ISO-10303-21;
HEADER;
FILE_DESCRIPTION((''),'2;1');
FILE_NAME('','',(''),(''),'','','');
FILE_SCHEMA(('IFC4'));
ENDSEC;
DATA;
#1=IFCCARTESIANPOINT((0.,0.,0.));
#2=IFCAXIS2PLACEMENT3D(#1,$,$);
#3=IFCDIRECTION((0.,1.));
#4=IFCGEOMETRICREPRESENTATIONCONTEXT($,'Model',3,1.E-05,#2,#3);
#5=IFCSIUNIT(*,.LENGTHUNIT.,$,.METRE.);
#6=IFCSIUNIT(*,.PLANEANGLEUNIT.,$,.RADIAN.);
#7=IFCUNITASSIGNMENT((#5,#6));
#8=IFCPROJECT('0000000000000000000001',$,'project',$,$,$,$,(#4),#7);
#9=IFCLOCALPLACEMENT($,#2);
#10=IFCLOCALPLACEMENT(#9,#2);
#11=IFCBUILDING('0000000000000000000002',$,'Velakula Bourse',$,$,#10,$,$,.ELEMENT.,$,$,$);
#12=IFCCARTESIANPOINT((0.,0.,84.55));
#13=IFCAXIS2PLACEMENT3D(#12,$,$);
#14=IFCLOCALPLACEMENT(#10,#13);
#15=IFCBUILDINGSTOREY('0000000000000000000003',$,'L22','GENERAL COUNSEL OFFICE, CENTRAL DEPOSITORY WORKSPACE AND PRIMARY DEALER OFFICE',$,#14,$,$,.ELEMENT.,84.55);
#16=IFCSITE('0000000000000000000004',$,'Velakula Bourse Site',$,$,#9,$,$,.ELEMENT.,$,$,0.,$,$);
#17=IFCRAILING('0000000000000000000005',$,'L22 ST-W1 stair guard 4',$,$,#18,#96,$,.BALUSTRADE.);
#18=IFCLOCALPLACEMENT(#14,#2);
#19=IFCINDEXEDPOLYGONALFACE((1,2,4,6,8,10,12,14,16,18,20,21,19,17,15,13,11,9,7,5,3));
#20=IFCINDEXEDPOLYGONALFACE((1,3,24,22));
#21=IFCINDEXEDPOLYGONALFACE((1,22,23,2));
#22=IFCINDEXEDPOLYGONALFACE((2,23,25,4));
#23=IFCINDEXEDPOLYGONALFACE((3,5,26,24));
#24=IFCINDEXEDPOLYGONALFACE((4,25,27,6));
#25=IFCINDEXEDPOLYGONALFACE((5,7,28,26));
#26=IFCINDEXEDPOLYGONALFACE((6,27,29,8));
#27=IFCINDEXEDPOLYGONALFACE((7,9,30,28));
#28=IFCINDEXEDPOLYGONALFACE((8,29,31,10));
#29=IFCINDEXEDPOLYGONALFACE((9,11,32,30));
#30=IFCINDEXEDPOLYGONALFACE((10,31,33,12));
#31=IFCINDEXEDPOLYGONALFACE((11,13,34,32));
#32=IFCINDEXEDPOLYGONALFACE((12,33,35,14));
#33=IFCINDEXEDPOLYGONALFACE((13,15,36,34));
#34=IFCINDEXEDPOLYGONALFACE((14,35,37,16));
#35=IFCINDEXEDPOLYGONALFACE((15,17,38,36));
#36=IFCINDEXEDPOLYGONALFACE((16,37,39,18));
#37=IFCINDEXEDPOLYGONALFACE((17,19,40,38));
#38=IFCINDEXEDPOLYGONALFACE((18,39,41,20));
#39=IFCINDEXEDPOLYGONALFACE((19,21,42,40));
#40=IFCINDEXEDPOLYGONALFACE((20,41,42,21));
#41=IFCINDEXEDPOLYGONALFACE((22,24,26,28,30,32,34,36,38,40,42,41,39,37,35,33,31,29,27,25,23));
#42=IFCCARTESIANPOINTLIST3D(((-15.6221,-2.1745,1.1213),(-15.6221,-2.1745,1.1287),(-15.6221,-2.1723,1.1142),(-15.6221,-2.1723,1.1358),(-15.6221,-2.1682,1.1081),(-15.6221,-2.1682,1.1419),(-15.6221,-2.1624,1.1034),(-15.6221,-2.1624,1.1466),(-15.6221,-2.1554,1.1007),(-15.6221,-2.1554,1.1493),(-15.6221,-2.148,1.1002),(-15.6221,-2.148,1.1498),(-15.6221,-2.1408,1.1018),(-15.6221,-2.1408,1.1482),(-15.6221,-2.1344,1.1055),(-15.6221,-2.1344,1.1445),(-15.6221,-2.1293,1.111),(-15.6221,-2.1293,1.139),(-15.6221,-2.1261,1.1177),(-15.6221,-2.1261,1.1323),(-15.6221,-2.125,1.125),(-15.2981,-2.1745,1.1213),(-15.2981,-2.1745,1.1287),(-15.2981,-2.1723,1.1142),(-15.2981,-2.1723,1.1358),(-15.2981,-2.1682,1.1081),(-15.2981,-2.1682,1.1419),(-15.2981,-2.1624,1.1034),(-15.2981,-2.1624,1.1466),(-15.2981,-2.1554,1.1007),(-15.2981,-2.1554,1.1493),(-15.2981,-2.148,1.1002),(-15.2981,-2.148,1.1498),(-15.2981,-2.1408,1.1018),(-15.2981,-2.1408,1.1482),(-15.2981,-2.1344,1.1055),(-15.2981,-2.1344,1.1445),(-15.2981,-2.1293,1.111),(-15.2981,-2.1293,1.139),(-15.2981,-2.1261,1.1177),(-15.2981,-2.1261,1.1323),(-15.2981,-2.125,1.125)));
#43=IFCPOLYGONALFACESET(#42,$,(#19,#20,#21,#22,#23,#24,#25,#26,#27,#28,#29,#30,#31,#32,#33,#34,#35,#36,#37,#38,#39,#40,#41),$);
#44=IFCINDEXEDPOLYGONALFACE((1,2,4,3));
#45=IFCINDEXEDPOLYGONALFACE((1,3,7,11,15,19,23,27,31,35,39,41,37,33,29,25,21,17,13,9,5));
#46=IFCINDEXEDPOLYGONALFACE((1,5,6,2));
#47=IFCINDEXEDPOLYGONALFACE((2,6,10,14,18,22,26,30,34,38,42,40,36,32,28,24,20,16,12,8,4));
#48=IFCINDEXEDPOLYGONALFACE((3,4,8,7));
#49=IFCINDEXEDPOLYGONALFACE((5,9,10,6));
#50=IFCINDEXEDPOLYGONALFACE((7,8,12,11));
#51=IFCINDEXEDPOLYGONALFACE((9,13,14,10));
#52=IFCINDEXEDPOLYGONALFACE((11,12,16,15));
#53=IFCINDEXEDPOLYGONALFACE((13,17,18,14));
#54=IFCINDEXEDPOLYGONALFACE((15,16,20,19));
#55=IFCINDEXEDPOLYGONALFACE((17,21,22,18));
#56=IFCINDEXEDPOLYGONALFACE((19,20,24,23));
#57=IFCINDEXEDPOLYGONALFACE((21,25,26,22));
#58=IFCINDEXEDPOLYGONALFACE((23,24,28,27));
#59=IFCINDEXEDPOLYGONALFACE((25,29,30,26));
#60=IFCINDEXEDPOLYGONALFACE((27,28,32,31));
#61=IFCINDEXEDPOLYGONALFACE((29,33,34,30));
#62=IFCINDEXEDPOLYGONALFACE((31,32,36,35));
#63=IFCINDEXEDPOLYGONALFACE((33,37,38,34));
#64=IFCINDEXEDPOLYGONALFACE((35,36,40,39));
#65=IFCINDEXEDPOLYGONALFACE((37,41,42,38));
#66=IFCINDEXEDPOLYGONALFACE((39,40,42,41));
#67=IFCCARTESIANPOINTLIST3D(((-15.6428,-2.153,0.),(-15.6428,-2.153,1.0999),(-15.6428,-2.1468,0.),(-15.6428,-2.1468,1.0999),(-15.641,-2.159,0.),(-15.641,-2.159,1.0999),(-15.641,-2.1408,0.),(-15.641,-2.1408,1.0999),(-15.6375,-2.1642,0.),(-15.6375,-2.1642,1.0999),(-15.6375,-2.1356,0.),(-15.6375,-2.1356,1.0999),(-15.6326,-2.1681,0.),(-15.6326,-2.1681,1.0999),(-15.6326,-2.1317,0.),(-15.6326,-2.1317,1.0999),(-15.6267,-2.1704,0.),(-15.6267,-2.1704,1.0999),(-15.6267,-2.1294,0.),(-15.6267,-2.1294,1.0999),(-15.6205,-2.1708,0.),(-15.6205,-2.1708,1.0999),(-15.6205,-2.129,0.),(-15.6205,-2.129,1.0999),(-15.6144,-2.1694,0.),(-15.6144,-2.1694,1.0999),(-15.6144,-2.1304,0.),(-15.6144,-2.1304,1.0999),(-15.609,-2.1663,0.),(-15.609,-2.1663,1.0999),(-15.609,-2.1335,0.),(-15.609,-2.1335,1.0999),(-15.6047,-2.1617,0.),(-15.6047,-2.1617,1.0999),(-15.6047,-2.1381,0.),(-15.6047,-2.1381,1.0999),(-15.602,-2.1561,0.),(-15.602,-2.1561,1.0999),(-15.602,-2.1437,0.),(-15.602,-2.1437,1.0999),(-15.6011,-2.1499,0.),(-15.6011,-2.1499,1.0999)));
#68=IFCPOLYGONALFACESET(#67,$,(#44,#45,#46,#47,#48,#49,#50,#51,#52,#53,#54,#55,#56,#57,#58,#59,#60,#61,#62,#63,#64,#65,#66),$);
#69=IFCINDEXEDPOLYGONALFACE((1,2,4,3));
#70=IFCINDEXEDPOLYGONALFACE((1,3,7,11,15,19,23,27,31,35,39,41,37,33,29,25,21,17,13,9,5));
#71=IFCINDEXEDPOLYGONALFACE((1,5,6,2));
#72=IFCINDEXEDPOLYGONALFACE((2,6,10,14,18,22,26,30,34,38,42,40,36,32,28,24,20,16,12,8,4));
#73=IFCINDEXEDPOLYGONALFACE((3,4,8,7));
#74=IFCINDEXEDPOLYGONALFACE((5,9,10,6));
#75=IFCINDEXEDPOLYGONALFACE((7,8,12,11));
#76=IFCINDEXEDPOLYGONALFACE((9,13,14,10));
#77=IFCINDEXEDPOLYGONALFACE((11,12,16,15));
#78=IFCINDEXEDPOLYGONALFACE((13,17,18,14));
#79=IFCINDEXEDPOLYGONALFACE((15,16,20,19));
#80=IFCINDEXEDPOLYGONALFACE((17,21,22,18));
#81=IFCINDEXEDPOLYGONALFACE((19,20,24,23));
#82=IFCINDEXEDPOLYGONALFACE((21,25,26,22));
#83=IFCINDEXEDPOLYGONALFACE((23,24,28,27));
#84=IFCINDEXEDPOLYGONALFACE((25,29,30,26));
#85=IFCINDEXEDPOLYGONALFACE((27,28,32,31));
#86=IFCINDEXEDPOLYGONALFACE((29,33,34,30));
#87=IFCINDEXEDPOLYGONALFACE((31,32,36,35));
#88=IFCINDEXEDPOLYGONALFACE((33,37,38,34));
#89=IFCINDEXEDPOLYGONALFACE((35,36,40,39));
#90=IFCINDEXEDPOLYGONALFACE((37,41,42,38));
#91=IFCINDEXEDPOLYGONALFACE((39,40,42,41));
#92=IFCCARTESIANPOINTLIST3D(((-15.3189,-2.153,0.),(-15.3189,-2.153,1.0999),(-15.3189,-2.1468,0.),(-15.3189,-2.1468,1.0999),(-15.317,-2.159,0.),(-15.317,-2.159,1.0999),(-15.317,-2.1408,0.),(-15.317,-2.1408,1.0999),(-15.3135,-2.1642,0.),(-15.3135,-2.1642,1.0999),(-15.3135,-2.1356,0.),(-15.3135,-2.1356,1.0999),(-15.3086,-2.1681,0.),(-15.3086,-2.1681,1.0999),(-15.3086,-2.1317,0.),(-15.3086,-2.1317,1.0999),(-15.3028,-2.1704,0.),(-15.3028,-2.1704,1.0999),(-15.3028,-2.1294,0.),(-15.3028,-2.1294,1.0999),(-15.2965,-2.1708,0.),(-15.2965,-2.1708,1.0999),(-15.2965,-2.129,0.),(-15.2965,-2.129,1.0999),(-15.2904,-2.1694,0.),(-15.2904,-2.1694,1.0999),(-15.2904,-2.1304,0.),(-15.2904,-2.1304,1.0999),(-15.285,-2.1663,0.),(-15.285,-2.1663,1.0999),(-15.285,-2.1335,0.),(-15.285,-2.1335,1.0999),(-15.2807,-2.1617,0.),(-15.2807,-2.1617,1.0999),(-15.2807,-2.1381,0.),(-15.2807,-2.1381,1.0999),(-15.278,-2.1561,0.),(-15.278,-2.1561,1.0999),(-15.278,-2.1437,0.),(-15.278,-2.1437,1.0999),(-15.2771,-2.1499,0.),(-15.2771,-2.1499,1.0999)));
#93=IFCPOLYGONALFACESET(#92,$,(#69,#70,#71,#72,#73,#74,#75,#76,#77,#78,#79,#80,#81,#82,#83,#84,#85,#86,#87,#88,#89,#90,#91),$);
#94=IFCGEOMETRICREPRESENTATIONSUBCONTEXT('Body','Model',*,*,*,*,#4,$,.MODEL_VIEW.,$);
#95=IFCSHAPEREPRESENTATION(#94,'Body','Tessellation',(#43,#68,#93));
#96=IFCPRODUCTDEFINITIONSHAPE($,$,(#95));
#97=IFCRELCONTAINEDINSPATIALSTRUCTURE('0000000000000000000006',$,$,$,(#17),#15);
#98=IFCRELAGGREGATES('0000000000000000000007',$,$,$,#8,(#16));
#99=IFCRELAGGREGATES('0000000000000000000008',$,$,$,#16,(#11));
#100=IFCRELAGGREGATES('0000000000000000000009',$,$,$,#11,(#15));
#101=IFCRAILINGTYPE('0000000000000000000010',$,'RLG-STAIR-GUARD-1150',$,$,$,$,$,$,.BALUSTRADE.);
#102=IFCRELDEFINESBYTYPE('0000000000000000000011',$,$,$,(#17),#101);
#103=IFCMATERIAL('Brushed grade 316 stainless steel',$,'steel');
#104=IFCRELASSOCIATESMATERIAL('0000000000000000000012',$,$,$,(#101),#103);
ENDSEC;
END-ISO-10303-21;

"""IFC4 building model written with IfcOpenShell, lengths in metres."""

from ifc_helpers import new_model, si_unit, direction, frame, origin, origin_2d, place, context, subcontext, project, spatial, circle, extrude, material, type_object, element, save


model = new_model("IFC4")

# Units and contexts
model_context = context("Model", 3, precision=1e-05, world=origin(), true_north=direction((0.0, 1.0)))
body_context = subcontext(model_context, "Body", "Model", "MODEL_VIEW")
ifc_project = project(units=[si_unit("LENGTHUNIT", "METRE"), si_unit("PLANEANGLEUNIT", "RADIAN")], contexts=[model_context])

# Site, building, storey
site_placement = place(None, origin())
site = spatial("IfcSite", under=ifc_project, at=site_placement, Name="Velakula Bourse Site", CompositionType="ELEMENT", RefElevation=0.0)
building_placement = place(site_placement, origin())
building = spatial("IfcBuilding", under=site, at=building_placement, Name="Velakula Bourse", CompositionType="ELEMENT")
storey_placement = place(building_placement, frame((0.0, 0.0, 84.55)))
storey = spatial("IfcBuildingStorey", under=building, at=storey_placement, Name="L22", Description="GENERAL COUNSEL OFFICE, CENTRAL DEPOSITORY WORKSPACE AND PRIMARY DEALER OFFICE", CompositionType="ELEMENT", Elevation=84.55)

# Shared definitions
ifc_material_1 = material(Name="Brushed grade 316 stainless steel", Category="steel")

# Railing
railing_type_1 = type_object("IfcRailingType", Name="RLG-STAIR-GUARD-1150", PredefinedType="BALUSTRADE", material=ifc_material_1)
railing_1_placement = place(storey_placement, frame((-15.6221, -2.1499, 0.0)))
element("IfcRailing", 1, at=railing_1_placement, inside=storey, type_object=railing_type_1, Name="L22 ST-W1 stair guard 4", PredefinedType="BALUSTRADE", context=body_context, shape_type="SweptSolid", body=[
    extrude(circle(Radius=0.0249, at=origin_2d()), frame((0.0, 0.0, 1.125), z_axis=(1.0, 0.0, 0.0), x_axis=(0.0, 1.0, 0.0)), (0.0, 0.0, 1.0), 0.324),
    extrude(circle(Radius=0.021, at=origin_2d()), origin(), (0.0, 0.0, 1.0), 1.0999),
    extrude(circle(Radius=0.021, at=origin_2d()), frame((0.324, 0.0, 0.0)), (0.0, 0.0, 1.0), 1.0999),
])

save(model, "model.ifc")
